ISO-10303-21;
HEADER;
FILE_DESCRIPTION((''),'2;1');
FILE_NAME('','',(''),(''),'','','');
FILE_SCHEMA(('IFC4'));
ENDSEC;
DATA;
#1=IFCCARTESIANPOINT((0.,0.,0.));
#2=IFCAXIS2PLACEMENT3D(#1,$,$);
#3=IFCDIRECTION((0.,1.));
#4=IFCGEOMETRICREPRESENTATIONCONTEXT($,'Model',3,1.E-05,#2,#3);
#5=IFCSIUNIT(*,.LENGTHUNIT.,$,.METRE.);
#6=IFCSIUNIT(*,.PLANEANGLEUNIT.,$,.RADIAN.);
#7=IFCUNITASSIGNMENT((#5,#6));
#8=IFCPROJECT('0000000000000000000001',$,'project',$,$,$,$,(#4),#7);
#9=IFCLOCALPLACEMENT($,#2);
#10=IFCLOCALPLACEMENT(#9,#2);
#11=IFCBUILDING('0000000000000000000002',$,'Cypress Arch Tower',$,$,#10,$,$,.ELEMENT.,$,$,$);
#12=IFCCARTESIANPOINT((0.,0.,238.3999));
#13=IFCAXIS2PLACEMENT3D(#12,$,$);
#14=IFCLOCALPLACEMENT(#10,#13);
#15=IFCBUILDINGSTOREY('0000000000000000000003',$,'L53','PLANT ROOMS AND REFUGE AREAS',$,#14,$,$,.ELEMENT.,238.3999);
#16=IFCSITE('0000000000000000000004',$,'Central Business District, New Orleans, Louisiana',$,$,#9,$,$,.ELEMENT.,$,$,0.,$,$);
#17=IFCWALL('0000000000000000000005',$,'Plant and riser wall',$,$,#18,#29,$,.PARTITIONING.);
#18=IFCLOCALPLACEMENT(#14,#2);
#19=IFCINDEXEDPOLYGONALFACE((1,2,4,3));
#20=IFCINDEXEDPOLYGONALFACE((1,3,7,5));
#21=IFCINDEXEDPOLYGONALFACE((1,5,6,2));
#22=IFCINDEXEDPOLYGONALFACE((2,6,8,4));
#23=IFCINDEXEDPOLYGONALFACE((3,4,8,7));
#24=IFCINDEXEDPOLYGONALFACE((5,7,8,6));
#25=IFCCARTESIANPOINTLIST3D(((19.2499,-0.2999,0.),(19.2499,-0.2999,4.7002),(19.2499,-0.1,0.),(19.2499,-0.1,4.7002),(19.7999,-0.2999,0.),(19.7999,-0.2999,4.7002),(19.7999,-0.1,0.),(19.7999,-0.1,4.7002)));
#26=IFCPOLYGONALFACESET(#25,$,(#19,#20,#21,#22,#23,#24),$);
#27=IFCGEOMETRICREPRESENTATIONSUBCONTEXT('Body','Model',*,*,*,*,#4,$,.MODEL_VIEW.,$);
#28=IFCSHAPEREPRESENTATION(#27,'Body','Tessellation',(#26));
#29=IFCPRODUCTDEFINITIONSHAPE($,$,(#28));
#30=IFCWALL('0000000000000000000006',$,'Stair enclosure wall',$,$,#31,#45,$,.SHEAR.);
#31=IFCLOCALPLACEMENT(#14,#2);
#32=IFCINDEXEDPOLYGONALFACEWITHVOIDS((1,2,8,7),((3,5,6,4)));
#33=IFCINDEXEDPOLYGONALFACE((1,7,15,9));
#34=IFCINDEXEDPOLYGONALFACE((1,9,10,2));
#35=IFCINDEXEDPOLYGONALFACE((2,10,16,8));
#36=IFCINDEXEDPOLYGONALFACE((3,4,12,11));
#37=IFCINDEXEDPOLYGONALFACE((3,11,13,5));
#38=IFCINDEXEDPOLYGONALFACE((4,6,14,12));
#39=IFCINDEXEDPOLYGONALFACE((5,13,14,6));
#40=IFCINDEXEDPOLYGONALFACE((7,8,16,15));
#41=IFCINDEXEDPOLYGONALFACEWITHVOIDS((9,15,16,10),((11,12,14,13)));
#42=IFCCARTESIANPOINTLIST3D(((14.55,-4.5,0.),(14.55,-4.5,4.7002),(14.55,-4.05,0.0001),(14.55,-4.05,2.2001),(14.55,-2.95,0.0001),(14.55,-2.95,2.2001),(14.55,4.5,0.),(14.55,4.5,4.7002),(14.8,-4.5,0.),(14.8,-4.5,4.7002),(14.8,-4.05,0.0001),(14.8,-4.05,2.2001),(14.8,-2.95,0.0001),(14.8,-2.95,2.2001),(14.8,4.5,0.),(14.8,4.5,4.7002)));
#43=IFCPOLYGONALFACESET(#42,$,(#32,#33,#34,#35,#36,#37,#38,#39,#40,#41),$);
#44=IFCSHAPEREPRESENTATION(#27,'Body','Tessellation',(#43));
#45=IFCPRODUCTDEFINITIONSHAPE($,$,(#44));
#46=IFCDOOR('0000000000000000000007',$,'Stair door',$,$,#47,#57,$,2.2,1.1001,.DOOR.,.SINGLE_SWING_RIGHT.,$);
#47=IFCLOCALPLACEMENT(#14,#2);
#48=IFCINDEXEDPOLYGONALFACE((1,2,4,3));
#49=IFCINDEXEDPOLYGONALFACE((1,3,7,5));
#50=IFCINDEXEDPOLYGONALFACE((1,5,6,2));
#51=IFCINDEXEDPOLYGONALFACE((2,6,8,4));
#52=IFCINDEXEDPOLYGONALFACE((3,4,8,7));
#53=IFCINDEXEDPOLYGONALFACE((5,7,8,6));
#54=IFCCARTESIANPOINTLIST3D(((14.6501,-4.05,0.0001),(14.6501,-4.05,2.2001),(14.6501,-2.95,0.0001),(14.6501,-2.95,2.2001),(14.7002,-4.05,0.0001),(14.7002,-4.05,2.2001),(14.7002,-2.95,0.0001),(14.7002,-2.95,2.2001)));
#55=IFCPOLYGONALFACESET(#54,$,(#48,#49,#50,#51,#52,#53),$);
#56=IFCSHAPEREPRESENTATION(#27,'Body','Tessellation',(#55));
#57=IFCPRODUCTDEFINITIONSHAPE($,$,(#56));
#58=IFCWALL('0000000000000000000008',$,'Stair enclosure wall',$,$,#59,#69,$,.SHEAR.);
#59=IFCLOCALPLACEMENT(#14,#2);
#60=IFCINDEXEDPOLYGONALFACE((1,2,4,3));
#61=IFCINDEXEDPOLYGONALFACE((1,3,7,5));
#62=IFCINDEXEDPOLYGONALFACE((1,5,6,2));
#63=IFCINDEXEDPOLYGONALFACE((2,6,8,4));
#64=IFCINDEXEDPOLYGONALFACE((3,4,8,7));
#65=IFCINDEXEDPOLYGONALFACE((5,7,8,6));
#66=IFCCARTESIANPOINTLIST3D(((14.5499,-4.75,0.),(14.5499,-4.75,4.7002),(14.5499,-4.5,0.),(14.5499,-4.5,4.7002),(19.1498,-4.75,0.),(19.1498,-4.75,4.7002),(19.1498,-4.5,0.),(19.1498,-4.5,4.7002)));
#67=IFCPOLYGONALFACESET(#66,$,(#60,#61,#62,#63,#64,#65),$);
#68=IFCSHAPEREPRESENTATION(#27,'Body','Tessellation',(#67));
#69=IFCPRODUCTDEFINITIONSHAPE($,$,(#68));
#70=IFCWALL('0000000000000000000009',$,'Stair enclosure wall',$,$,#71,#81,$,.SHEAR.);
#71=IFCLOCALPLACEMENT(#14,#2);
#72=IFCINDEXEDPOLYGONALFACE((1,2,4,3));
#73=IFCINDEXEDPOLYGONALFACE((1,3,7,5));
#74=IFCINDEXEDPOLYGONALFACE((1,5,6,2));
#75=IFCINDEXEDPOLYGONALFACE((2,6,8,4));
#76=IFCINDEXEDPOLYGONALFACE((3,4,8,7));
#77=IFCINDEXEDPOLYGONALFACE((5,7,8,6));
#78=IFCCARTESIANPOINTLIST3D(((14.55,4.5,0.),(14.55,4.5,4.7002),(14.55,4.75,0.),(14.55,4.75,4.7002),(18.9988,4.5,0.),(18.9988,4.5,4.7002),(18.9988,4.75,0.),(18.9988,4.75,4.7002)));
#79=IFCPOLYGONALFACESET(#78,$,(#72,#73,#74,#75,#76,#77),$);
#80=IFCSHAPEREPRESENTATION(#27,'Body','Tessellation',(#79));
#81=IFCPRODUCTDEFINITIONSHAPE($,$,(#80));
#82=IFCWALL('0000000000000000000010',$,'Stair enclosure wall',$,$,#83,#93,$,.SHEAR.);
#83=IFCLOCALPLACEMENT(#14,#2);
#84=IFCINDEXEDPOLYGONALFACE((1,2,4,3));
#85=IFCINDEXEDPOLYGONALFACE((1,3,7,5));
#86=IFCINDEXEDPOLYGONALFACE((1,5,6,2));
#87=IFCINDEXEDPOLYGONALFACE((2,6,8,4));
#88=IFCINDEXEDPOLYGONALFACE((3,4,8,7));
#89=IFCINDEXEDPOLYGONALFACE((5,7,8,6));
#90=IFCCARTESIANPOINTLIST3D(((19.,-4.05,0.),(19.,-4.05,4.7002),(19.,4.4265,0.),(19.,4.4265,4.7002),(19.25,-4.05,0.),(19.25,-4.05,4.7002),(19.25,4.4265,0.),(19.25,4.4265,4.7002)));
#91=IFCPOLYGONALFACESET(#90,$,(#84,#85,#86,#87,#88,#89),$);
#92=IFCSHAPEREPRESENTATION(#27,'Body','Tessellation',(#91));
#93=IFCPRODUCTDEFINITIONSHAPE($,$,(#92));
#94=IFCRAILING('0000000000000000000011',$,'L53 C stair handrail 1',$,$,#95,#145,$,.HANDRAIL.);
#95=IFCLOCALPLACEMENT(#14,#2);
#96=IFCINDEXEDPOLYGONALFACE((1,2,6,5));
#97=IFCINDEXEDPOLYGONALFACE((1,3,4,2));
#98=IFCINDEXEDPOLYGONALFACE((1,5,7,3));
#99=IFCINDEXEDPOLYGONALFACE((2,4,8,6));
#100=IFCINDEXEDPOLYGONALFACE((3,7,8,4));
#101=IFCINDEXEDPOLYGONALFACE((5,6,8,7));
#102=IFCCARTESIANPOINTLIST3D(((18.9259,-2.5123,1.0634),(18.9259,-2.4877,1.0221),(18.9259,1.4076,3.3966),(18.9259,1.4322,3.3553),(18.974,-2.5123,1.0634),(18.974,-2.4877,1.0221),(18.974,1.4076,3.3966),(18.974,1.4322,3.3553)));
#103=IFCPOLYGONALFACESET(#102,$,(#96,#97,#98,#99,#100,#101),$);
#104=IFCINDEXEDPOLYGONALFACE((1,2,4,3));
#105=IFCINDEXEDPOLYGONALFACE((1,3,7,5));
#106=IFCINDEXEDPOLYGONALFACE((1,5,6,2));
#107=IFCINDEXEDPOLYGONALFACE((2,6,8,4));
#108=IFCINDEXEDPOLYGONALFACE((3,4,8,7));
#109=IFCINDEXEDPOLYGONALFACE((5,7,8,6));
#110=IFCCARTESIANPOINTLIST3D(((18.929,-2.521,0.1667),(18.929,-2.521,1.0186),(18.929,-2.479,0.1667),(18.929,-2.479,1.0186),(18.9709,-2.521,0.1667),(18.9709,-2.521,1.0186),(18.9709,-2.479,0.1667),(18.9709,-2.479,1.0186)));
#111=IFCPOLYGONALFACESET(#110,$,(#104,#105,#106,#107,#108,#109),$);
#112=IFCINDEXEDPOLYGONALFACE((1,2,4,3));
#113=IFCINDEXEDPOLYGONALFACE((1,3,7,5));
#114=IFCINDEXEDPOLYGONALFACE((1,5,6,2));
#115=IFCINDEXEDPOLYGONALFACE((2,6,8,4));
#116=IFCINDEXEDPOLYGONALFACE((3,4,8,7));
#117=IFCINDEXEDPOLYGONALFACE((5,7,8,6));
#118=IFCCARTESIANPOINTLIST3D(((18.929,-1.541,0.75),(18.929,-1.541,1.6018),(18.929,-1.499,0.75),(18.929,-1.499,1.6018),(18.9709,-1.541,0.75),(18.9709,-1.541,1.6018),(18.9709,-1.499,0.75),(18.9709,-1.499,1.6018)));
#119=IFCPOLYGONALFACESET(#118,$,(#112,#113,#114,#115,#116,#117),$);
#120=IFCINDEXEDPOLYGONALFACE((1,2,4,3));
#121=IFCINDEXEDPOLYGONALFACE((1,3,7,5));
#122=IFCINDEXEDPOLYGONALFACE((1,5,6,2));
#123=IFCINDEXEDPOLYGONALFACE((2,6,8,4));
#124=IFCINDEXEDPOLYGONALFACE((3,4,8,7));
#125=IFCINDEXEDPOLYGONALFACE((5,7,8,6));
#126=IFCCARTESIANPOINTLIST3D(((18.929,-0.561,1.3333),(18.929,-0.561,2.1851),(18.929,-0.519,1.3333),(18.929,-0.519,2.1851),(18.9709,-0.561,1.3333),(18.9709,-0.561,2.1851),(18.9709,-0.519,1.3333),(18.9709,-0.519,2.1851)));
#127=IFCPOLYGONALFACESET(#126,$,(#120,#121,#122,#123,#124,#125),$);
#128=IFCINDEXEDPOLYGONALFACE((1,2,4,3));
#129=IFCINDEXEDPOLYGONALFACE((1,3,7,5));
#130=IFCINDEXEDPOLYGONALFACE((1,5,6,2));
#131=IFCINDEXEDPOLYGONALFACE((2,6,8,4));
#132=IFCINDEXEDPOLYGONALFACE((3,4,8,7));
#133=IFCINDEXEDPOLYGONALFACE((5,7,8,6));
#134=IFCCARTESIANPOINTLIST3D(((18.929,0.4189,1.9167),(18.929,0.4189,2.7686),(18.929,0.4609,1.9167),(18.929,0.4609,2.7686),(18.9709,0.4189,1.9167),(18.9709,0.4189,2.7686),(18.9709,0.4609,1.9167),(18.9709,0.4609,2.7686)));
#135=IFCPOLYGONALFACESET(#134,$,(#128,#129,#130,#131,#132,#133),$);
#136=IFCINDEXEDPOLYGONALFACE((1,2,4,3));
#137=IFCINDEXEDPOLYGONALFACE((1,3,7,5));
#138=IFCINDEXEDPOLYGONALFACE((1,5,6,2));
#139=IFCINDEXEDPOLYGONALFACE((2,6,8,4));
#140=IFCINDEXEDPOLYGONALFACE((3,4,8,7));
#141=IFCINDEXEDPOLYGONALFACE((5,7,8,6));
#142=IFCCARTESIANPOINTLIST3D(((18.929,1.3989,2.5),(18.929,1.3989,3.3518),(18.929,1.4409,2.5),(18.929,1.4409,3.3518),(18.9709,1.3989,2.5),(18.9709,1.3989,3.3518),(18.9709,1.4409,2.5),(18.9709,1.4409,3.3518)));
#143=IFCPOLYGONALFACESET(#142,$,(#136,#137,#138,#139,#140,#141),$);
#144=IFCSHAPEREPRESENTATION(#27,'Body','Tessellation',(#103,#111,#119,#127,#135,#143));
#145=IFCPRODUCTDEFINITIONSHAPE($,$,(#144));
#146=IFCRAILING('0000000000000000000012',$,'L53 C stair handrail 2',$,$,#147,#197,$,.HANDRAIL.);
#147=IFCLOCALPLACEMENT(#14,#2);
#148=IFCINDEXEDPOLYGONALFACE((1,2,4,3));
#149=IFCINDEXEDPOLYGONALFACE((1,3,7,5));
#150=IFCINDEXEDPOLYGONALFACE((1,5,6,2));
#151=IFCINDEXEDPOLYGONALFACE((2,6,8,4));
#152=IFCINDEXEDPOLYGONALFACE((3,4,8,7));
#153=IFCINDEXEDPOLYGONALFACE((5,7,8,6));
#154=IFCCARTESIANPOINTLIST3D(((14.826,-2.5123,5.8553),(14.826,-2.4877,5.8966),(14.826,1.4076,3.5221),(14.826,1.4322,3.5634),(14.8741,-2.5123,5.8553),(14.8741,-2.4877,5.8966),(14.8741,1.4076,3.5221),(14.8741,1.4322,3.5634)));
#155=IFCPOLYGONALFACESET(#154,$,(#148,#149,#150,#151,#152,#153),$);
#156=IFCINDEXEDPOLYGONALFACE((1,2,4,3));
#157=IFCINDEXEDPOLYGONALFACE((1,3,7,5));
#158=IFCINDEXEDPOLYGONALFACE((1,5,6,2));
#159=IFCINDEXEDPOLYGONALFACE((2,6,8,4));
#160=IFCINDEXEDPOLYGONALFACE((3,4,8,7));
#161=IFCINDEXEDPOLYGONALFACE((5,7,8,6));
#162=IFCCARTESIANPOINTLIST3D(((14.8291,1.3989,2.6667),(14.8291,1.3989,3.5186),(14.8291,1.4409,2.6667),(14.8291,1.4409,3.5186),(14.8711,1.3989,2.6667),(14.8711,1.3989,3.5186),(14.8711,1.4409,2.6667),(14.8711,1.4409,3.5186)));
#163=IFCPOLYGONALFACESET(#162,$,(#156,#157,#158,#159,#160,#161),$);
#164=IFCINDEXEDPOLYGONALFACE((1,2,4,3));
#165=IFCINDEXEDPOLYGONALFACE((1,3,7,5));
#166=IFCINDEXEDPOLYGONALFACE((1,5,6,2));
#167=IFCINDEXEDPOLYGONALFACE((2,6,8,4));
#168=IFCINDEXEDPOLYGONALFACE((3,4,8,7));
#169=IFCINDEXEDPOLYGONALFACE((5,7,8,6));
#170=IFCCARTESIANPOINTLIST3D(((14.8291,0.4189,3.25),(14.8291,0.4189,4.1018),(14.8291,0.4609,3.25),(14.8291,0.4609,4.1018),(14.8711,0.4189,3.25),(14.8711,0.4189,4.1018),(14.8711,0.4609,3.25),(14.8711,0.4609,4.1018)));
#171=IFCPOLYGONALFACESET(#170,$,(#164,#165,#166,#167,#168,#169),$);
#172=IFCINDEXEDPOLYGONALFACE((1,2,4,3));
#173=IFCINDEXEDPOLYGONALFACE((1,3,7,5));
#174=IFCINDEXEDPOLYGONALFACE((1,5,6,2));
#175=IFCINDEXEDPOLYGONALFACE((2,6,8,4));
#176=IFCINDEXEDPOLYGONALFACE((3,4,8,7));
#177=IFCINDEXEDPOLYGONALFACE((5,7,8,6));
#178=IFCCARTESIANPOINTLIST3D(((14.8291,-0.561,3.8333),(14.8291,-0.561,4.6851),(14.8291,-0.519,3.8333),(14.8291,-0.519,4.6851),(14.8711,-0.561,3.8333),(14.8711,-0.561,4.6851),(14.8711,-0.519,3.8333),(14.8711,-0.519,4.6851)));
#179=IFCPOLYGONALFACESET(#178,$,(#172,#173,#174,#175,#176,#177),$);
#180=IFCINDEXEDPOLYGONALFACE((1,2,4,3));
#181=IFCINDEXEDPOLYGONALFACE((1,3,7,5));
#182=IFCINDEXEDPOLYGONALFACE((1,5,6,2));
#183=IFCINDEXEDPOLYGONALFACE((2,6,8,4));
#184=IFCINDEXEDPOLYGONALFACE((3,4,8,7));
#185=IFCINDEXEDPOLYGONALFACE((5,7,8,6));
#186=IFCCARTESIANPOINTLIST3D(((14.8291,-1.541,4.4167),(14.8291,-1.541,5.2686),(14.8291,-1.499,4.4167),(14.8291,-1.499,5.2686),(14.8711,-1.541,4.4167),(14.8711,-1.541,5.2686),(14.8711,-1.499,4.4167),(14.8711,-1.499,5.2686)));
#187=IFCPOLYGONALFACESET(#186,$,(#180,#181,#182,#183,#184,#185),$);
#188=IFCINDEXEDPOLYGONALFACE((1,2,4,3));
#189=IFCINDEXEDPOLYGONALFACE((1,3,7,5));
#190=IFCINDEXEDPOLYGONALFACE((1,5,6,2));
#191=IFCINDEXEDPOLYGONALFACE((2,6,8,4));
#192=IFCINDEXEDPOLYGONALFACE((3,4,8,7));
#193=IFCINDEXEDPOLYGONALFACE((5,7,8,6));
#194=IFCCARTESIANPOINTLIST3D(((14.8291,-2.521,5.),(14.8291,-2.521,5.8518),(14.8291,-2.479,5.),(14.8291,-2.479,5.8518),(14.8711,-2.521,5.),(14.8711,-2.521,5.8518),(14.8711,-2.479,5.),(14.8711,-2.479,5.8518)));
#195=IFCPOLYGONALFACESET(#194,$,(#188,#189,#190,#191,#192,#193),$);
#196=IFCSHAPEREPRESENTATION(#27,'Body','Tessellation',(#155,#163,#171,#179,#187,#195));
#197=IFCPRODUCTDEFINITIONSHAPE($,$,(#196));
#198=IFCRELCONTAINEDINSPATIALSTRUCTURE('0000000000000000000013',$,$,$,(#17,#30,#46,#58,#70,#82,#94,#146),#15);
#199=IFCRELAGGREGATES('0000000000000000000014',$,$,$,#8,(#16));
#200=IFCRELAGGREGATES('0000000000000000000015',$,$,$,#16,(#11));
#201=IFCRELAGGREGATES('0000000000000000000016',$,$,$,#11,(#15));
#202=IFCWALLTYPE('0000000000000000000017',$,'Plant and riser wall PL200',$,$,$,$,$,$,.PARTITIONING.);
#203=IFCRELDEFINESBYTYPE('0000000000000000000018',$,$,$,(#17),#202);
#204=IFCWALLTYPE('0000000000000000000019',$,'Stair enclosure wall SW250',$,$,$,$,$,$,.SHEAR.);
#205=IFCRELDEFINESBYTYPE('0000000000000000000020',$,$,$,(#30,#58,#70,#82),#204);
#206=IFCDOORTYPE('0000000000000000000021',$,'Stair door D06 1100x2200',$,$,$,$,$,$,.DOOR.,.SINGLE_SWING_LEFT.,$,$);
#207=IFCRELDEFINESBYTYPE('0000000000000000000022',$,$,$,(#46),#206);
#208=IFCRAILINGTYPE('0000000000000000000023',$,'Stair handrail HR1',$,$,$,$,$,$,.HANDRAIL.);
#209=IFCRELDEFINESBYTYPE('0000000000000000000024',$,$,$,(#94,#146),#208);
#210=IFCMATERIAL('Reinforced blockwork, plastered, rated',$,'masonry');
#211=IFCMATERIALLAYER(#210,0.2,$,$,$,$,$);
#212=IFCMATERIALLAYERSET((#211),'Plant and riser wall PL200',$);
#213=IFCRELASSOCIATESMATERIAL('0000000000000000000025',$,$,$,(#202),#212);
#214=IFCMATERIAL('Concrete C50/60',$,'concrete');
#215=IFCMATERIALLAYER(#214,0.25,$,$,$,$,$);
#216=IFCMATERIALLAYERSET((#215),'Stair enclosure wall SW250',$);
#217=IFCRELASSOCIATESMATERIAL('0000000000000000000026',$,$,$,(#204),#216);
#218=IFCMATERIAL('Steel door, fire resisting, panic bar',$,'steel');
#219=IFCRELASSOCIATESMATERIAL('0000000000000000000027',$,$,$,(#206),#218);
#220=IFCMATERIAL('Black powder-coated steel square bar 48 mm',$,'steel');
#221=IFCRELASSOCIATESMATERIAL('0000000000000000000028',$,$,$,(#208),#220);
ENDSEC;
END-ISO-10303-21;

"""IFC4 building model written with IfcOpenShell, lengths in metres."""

from ifc_helpers import new_model, si_unit, direction, frame, frame_2d, origin, origin_2d, place, context, subcontext, project, spatial, rectangle, extrude, material, layer, layer_set, type_object, element, fill, save


model = new_model("IFC4")

# Units and contexts
model_context = context("Model", 3, precision=1e-05, world=origin(), true_north=direction((0.0, 1.0)))
body_context = subcontext(model_context, "Body", "Model", "MODEL_VIEW")
ifc_project = project(units=[si_unit("LENGTHUNIT", "METRE"), si_unit("PLANEANGLEUNIT", "RADIAN")], contexts=[model_context])

# Site, building, storey
site_placement = place(None, origin())
site = spatial("IfcSite", under=ifc_project, at=site_placement, Name="Central Business District, New Orleans, Louisiana", CompositionType="ELEMENT", RefElevation=0.0)
building_placement = place(site_placement, origin())
building = spatial("IfcBuilding", under=site, at=building_placement, Name="Cypress Arch Tower", CompositionType="ELEMENT")
storey_placement = place(building_placement, frame((0.0, 0.0, 238.3999)))
storey = spatial("IfcBuildingStorey", under=building, at=storey_placement, Name="L53", Description="PLANT ROOMS AND REFUGE AREAS", CompositionType="ELEMENT", Elevation=238.3999)

# Shared definitions
ifc_material_1 = material(Name="Reinforced blockwork, plastered, rated", Category="masonry")
ifc_layer_1 = layer(ifc_material_1, 0.2)
ifc_layer_set_1 = layer_set([ifc_layer_1], Name="Plant and riser wall PL200")
wall_type_1 = type_object("IfcWallType", Name="Plant and riser wall PL200", PredefinedType="PARTITIONING", material=ifc_layer_set_1)

# Wall
wall_1_placement = place(storey_placement, frame((19.25, -0.2, 0.0), z_axis=(0.0, 0.0, 1.0), x_axis=(1.0, 0.0, 0.0)))
element("IfcWall", 1, at=wall_1_placement, inside=storey, type_object=wall_type_1, Name="Plant and riser wall", PredefinedType="PARTITIONING", context=body_context, shape_type="SweptSolid", body=[
    extrude(rectangle(XDim=0.55, YDim=0.2, at=frame_2d((0.2749, 0.0))), origin(), (0.0, 0.0, 1.0), 4.7002),
])

# Wall, opening, door
ifc_material_2 = material(Name="Concrete C50/60", Category="concrete")
ifc_layer_2 = layer(ifc_material_2, 0.25)
ifc_layer_set_2 = layer_set([ifc_layer_2], Name="Stair enclosure wall SW250")
wall_type_2 = type_object("IfcWallType", Name="Stair enclosure wall SW250", PredefinedType="SHEAR", material=ifc_layer_set_2)
wall_2_placement = place(storey_placement, frame((14.675, -4.5, 0.0), z_axis=(0.0, 0.0, 1.0), x_axis=(0.0, 1.0, 0.0)))
wall_2 = element("IfcWall", 2, at=wall_2_placement, inside=storey, type_object=wall_type_2, Name="Stair enclosure wall", PredefinedType="SHEAR", context=body_context, shape_type="SweptSolid", body=[
    extrude(rectangle(XDim=9.0, YDim=0.25, at=frame_2d((4.5, 0.0))), origin(), (0.0, 0.0, 1.0), 4.7002),
])
opening_1_placement = place(wall_2_placement, frame((0.45, 0.0, 0.0)))
opening_1 = element("IfcOpeningElement", 3, at=opening_1_placement, cuts=wall_2, PredefinedType="OPENING", context=body_context, shape_type="SweptSolid", body=[
    extrude(rectangle(XDim=1.1001, YDim=2.2, at=frame_2d((0.55, 1.1001))), frame((0.0, 0.135, 0.0), z_axis=(0.0, -1.0, 0.0), x_axis=(1.0, 0.0, 0.0)), (0.0, 0.0, 1.0), 0.27),
])
ifc_material_3 = material(Name="Steel door, fire resisting, panic bar", Category="steel")
door_type_1 = type_object("IfcDoorType", Name="Stair door D06 1100x2200", OperationType="SINGLE_SWING_LEFT", PredefinedType="DOOR", material=ifc_material_3)
door_1_placement = place(opening_1_placement, origin())
door_1 = element("IfcDoor", 4, at=door_1_placement, inside=storey, type_object=door_type_1, Name="Stair door", OperationType="SINGLE_SWING_RIGHT", OverallHeight=2.2, OverallWidth=1.1001, PredefinedType="DOOR", context=body_context, shape_type="SweptSolid", body=[
    extrude(rectangle(XDim=1.1001, YDim=2.2, at=frame_2d((0.55, 1.1001))), frame((0.0, 0.0249, 0.0), z_axis=(0.0, -1.0, 0.0), x_axis=(1.0, 0.0, 0.0)), (0.0, 0.0, 1.0), 0.05),
])
fill(opening_1, door_1)

# Walls
wall_3_placement = place(storey_placement, frame((14.55, -4.625, 0.0), z_axis=(0.0, 0.0, 1.0), x_axis=(1.0, 0.0, 0.0)))
element("IfcWall", 5, at=wall_3_placement, inside=storey, type_object=wall_type_2, Name="Stair enclosure wall", PredefinedType="SHEAR", context=body_context, shape_type="SweptSolid", body=[
    extrude(rectangle(XDim=4.5999, YDim=0.25, at=frame_2d((2.2998, 0.0))), origin(), (0.0, 0.0, 1.0), 4.7002),
])
wall_4_placement = place(storey_placement, frame((14.55, 4.625, 0.0), z_axis=(0.0, 0.0, 1.0), x_axis=(1.0, 0.0, 0.0)))
element("IfcWall", 6, at=wall_4_placement, inside=storey, type_object=wall_type_2, Name="Stair enclosure wall", PredefinedType="SHEAR", context=body_context, shape_type="SweptSolid", body=[
    extrude(rectangle(XDim=4.4487, YDim=0.25, at=frame_2d((2.2244, 0.0))), origin(), (0.0, 0.0, 1.0), 4.7002),
])
wall_5_placement = place(storey_placement, frame((19.125, -4.05, 0.0), z_axis=(0.0, 0.0, 1.0), x_axis=(0.0, 1.0, 0.0)))
element("IfcWall", 7, at=wall_5_placement, inside=storey, type_object=wall_type_2, Name="Stair enclosure wall", PredefinedType="SHEAR", context=body_context, shape_type="SweptSolid", body=[
    extrude(rectangle(XDim=8.4766, YDim=0.25, at=frame_2d((4.2383, 0.0))), origin(), (0.0, 0.0, 1.0), 4.7002),
])

# Railings
ifc_material_4 = material(Name="Black powder-coated steel square bar 48 mm", Category="steel")
railing_type_1 = type_object("IfcRailingType", Name="Stair handrail HR1", PredefinedType="HANDRAIL", material=ifc_material_4)
railing_1_placement = place(storey_placement, frame((18.95, -2.5, 0.1667)))
element("IfcRailing", 8, at=railing_1_placement, inside=storey, type_object=railing_type_1, Name="L53 C stair handrail 1", PredefinedType="HANDRAIL", context=body_context, shape_type="SweptSolid", body=[
    extrude(rectangle(XDim=0.0481, YDim=0.0481, at=origin_2d()), frame((0.0, 0.0, 0.876), z_axis=(0.0, 0.859296, 0.511478), x_axis=(-1.0, 0.0, 0.0)), (0.0, 0.0, 1.0), 4.5618),
    extrude(rectangle(XDim=0.042, YDim=0.042, at=origin_2d()), origin(), (0.0, 0.0, 1.0), 0.8518),
    extrude(rectangle(XDim=0.042, YDim=0.042, at=origin_2d()), frame((0.0, 0.98, 0.5833)), (0.0, 0.0, 1.0), 0.8518),
    extrude(rectangle(XDim=0.042, YDim=0.042, at=origin_2d()), frame((0.0, 1.96, 1.1665)), (0.0, 0.0, 1.0), 0.8518),
    extrude(rectangle(XDim=0.042, YDim=0.042, at=origin_2d()), frame((0.0, 2.9399, 1.75)), (0.0, 0.0, 1.0), 0.8518),
    extrude(rectangle(XDim=0.042, YDim=0.042, at=origin_2d()), frame((0.0, 3.9199, 2.3333)), (0.0, 0.0, 1.0), 0.8518),
])
railing_2_placement = place(storey_placement, frame((14.8501, 1.4199, 2.6667)))
element("IfcRailing", 9, at=railing_2_placement, inside=storey, type_object=railing_type_1, Name="L53 C stair handrail 2", PredefinedType="HANDRAIL", context=body_context, shape_type="SweptSolid", body=[
    extrude(rectangle(XDim=0.0481, YDim=0.0481, at=origin_2d()), frame((0.0, 0.0, 0.876), z_axis=(0.0, -0.859296, 0.511478), x_axis=(1.0, 0.0, 0.0)), (0.0, 0.0, 1.0), 4.5618),
    extrude(rectangle(XDim=0.042, YDim=0.042, at=origin_2d()), origin(), (0.0, 0.0, 1.0), 0.8518),
    extrude(rectangle(XDim=0.042, YDim=0.042, at=origin_2d()), frame((0.0, -0.98, 0.5833)), (0.0, 0.0, 1.0), 0.8518),
    extrude(rectangle(XDim=0.042, YDim=0.042, at=origin_2d()), frame((0.0, -1.96, 1.1665)), (0.0, 0.0, 1.0), 0.8518),
    extrude(rectangle(XDim=0.042, YDim=0.042, at=origin_2d()), frame((0.0, -2.9399, 1.75)), (0.0, 0.0, 1.0), 0.8518),
    extrude(rectangle(XDim=0.042, YDim=0.042, at=origin_2d()), frame((0.0, -3.9199, 2.3333)), (0.0, 0.0, 1.0), 0.8518),
])

save(model, "model.ifc")
